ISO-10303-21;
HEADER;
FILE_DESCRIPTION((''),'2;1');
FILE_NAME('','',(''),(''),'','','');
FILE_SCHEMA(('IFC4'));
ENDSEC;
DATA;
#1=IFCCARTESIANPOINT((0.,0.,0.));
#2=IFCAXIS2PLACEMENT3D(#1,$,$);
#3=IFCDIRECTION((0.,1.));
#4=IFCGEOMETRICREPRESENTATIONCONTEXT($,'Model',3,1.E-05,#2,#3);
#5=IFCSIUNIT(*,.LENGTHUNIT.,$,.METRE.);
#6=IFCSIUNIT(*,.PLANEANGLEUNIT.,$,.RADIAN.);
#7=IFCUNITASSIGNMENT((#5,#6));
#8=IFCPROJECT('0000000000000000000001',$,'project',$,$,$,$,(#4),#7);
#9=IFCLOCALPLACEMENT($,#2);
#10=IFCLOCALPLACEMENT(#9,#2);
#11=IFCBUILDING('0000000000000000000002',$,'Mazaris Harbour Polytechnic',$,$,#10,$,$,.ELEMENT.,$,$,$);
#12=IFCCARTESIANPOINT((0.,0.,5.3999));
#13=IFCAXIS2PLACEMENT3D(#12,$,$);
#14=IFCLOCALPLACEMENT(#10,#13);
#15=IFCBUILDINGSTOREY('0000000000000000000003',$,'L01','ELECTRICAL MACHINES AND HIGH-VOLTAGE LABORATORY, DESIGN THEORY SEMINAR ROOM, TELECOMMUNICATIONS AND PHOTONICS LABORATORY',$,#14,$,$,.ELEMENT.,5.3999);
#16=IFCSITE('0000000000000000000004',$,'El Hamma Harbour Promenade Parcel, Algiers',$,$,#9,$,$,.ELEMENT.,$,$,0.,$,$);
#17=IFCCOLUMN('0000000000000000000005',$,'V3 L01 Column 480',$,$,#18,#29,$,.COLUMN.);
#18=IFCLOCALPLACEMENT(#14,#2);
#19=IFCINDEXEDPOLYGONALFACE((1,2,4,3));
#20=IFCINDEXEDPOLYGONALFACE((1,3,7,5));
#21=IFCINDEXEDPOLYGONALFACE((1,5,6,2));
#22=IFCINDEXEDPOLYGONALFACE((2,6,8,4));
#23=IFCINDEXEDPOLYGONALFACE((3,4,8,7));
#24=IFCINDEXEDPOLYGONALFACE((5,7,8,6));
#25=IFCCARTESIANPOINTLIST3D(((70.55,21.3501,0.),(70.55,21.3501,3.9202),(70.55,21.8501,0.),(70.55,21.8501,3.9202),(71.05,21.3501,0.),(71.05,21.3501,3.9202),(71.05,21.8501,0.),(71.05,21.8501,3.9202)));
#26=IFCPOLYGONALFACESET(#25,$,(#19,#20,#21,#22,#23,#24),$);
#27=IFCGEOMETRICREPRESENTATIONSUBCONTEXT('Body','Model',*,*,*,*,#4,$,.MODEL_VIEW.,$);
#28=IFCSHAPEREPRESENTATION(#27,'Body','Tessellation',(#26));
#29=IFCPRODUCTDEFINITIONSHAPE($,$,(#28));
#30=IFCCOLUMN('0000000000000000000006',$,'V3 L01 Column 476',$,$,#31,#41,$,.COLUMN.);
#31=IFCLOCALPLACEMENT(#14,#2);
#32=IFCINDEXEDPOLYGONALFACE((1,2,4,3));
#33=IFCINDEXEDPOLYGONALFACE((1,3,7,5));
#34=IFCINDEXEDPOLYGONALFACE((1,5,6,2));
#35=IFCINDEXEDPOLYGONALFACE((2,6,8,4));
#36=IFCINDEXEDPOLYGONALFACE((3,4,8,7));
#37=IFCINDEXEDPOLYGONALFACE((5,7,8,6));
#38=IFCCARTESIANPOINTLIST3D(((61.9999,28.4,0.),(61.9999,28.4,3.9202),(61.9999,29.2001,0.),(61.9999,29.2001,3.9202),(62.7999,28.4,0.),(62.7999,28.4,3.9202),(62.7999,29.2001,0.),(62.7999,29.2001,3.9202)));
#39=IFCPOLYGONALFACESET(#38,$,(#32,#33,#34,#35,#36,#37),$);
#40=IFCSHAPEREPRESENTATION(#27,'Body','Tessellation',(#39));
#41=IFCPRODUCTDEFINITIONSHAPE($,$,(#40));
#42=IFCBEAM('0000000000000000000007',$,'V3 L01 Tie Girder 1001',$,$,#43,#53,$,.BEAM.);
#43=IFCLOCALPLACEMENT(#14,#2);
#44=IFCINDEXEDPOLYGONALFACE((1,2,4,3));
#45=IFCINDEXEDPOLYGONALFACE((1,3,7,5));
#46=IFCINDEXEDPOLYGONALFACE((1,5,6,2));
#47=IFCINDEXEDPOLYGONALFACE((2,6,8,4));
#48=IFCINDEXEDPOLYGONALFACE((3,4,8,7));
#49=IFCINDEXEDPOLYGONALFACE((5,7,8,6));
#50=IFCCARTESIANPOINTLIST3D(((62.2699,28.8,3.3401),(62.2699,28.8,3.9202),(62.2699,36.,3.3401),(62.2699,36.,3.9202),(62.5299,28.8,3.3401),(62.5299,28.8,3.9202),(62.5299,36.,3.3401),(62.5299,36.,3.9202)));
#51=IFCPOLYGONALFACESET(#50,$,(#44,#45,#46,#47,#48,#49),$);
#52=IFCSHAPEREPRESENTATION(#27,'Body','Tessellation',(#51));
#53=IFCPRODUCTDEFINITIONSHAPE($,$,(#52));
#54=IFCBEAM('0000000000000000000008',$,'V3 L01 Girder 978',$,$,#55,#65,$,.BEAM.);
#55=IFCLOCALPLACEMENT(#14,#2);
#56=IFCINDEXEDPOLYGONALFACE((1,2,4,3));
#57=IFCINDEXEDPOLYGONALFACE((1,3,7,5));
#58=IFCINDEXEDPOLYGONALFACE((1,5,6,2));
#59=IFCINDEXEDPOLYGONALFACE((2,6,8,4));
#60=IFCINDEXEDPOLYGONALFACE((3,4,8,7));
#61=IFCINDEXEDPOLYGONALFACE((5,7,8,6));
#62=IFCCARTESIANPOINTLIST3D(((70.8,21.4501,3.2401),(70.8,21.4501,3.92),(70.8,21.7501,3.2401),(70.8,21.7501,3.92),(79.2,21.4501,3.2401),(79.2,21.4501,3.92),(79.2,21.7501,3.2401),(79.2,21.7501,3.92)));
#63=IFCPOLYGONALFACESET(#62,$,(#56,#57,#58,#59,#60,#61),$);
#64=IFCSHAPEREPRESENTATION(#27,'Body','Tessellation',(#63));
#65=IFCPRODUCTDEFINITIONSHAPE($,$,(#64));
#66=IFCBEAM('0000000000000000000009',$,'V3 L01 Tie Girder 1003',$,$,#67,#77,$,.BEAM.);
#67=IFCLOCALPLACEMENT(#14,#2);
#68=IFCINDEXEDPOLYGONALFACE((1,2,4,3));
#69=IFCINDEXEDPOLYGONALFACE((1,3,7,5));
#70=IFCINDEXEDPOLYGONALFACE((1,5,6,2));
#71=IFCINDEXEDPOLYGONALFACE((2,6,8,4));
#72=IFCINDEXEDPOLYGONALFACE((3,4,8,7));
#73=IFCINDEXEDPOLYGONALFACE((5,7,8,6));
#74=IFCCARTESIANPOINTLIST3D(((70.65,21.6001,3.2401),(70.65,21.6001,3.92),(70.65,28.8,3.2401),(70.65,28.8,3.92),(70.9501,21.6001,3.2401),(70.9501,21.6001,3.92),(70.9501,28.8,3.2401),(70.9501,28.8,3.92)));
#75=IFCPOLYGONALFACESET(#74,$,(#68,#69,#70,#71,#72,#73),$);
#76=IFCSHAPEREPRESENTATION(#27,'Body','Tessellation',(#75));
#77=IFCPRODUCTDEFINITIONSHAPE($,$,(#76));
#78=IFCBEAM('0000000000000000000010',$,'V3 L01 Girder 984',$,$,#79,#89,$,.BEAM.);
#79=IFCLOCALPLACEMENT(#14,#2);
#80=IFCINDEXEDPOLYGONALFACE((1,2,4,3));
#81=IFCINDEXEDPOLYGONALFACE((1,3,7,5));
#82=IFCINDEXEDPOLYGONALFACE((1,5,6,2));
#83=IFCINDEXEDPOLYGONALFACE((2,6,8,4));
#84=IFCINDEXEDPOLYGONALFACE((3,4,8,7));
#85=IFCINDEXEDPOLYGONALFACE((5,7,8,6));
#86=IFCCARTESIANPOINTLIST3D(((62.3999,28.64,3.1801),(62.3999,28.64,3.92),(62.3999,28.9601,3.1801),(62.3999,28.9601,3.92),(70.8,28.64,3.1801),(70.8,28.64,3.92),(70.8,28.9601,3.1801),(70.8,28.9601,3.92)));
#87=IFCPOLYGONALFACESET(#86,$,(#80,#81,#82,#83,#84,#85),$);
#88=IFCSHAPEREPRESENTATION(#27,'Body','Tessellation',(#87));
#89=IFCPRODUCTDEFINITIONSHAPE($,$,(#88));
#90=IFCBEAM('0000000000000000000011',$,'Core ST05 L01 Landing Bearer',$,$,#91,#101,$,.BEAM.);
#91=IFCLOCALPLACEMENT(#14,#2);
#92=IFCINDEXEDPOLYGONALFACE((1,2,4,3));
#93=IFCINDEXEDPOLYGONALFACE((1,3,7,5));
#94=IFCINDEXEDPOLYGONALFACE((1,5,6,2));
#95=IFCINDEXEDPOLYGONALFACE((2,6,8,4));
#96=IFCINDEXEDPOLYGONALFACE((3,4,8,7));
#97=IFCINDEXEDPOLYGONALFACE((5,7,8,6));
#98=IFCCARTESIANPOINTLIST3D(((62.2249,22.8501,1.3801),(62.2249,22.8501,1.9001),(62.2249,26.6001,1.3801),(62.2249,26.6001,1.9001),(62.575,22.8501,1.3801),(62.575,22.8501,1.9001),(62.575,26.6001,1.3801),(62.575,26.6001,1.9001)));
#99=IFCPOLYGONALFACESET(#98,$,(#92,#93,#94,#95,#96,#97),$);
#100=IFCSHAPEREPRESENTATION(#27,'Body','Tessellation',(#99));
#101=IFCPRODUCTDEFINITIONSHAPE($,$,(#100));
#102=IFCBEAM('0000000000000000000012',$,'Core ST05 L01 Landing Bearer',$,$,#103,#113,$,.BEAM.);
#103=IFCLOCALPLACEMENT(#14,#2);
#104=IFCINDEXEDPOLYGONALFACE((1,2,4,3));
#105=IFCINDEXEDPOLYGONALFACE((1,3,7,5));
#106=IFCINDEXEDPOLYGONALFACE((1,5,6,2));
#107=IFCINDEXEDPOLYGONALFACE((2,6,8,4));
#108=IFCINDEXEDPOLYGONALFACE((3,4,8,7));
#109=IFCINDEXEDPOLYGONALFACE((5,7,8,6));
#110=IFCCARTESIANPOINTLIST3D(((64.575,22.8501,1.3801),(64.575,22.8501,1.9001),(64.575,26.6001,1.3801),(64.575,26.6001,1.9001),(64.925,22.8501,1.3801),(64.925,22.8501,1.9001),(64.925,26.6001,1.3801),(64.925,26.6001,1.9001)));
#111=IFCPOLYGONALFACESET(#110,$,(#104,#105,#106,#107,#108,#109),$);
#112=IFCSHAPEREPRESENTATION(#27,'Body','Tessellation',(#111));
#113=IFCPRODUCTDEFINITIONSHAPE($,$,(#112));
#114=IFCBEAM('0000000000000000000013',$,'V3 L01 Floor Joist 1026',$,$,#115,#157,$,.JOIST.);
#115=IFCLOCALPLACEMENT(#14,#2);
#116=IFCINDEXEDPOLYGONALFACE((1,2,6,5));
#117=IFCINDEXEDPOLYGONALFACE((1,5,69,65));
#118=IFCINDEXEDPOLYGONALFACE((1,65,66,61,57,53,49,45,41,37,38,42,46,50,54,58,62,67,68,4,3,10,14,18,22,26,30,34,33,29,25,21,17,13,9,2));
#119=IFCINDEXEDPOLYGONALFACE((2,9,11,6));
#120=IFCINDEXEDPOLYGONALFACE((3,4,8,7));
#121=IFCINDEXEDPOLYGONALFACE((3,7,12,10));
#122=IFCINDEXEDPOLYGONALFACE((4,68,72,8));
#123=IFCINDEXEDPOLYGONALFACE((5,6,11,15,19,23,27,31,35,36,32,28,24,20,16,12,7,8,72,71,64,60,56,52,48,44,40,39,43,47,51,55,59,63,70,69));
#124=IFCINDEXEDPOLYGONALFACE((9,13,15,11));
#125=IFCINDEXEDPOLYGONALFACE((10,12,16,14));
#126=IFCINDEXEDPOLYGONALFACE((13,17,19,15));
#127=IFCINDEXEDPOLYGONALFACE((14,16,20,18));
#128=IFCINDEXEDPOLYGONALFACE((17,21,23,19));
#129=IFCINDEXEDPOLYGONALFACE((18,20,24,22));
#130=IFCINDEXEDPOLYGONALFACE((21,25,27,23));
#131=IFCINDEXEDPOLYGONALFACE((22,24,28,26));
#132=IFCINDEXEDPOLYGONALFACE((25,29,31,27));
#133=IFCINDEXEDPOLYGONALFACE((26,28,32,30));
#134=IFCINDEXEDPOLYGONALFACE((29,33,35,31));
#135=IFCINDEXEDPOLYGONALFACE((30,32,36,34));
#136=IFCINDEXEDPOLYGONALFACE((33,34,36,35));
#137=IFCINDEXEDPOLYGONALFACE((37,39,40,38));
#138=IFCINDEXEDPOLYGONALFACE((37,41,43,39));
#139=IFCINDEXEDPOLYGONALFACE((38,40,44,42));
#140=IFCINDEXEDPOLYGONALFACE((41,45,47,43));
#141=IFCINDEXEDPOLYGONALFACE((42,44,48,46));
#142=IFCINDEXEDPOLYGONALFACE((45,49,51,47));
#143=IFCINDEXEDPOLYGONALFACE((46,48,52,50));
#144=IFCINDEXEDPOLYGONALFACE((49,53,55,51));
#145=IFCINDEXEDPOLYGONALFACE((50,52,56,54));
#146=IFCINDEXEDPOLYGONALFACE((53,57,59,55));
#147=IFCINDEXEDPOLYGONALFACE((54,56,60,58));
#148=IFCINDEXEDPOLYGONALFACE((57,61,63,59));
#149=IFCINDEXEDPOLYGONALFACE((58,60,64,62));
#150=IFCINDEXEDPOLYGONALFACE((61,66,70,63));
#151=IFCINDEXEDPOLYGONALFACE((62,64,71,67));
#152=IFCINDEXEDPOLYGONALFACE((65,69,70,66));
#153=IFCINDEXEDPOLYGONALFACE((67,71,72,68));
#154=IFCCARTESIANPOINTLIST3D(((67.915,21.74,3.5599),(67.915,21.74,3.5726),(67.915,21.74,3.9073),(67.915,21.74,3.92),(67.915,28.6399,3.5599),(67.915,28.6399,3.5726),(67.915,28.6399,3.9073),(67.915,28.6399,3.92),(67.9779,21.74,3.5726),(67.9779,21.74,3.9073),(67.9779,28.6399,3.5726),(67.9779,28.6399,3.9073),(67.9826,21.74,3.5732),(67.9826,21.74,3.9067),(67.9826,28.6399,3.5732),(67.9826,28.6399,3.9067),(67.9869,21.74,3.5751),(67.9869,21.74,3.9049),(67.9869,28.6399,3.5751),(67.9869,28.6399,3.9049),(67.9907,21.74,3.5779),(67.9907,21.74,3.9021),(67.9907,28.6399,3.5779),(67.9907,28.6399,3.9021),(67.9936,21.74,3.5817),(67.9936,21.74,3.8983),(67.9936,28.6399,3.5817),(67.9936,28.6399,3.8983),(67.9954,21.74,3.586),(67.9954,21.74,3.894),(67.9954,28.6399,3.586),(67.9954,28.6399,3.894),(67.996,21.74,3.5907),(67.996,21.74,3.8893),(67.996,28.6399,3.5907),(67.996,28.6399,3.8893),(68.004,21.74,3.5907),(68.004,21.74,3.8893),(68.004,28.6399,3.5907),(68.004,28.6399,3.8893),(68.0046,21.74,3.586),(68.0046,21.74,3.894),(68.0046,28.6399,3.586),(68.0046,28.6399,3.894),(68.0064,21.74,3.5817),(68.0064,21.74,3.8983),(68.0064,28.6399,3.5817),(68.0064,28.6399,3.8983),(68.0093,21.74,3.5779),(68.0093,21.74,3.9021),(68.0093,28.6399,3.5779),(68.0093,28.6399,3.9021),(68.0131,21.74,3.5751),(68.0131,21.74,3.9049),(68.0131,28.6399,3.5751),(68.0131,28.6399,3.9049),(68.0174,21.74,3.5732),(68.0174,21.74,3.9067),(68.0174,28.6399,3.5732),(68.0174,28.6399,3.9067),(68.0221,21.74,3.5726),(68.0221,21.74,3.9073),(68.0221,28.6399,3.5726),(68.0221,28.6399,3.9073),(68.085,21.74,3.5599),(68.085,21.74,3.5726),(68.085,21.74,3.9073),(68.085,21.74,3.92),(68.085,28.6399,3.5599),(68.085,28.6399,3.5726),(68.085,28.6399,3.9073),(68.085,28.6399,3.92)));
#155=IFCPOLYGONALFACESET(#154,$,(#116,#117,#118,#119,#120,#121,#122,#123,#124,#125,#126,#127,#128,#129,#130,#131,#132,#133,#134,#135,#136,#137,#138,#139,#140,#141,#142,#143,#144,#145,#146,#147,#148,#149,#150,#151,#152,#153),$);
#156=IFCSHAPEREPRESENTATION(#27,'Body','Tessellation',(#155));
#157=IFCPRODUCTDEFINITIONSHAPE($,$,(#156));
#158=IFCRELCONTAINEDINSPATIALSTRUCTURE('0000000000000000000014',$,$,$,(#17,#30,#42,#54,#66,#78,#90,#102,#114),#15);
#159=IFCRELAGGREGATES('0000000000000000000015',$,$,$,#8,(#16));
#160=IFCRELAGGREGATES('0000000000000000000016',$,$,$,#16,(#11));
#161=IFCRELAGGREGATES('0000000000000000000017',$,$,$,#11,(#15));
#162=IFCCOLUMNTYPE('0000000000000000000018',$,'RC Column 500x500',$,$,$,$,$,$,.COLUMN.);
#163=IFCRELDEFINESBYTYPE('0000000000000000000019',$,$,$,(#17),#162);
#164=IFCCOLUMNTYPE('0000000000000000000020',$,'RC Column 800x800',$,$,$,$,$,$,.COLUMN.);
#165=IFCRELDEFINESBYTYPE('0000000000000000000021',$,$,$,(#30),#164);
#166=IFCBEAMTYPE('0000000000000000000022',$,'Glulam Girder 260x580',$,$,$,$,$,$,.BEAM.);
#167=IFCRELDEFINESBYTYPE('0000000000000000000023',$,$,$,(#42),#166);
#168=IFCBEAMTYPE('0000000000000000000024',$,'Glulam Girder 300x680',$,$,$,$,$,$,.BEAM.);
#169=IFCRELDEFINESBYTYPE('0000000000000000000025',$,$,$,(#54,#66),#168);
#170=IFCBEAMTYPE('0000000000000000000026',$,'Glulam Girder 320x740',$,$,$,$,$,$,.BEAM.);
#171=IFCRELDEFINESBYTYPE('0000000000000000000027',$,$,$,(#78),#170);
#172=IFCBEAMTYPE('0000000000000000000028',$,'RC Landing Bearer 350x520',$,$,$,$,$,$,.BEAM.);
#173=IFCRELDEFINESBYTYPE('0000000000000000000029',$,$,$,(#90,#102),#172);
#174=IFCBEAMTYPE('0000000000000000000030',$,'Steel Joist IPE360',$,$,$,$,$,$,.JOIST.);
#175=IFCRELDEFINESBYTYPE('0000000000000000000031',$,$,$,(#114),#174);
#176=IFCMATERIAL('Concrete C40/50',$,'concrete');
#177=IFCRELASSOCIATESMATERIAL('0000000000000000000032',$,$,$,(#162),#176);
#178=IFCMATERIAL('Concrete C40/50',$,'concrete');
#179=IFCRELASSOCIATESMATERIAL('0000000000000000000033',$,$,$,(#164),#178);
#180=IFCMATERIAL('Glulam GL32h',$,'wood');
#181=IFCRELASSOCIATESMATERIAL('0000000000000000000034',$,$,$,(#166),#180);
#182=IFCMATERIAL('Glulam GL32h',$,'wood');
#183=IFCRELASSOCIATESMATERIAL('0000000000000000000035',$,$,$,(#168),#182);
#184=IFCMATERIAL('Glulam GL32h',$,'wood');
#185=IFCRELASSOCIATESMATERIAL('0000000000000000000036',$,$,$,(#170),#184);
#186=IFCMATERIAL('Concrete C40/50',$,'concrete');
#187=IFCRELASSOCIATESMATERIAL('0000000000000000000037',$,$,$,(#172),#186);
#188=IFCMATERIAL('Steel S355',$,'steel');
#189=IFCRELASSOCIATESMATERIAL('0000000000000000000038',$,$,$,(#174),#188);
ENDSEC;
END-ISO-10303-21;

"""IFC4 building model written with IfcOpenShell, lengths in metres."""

from ifc_helpers import new_model, si_unit, direction, frame, origin, origin_2d, place, context, subcontext, project, spatial, rectangle, i_section, extrude, material, material_profile, profile_set, type_object, element, save


model = new_model("IFC4")

# Units and contexts
model_context = context("Model", 3, precision=1e-05, world=origin(), true_north=direction((0.0, 1.0)))
body_context = subcontext(model_context, "Body", "Model", "MODEL_VIEW")
ifc_project = project(units=[si_unit("LENGTHUNIT", "METRE"), si_unit("PLANEANGLEUNIT", "RADIAN")], contexts=[model_context])

# Site, building, storey
site_placement = place(None, origin())
site = spatial("IfcSite", under=ifc_project, at=site_placement, Name="El Hamma Harbour Promenade Parcel, Algiers", CompositionType="ELEMENT", RefElevation=0.0)
building_placement = place(site_placement, origin())
building = spatial("IfcBuilding", under=site, at=building_placement, Name="Mazaris Harbour Polytechnic", CompositionType="ELEMENT")
storey_placement = place(building_placement, frame((0.0, 0.0, 5.3999)))
storey = spatial("IfcBuildingStorey", under=building, at=storey_placement, Name="L01", Description="ELECTRICAL MACHINES AND HIGH-VOLTAGE LABORATORY, DESIGN THEORY SEMINAR ROOM, TELECOMMUNICATIONS AND PHOTONICS LABORATORY", CompositionType="ELEMENT", Elevation=5.3999)

# Columns
ifc_material_1 = material(Name="Concrete C40/50", Category="concrete")
ifc_material_profile_1 = material_profile(ifc_material_1, rectangle(XDim=0.5, YDim=0.5, at=origin_2d()), Name="RECT500x500")
ifc_profile_set_1 = profile_set([ifc_material_profile_1], Name="Concrete C40/50")
column_type_1 = type_object("IfcColumnType", Name="RC Column 500x500", PredefinedType="COLUMN", material=ifc_profile_set_1)
column_1_placement = place(storey_placement, frame((70.8, 21.6001, 0.0), z_axis=(0.0, 0.0, 1.0), x_axis=(1.0, 0.0, 0.0)))
element("IfcColumn", 1, at=column_1_placement, inside=storey, type_object=column_type_1, Name="V3 L01 Column 480", PredefinedType="COLUMN", context=body_context, shape_type="SweptSolid", body=[
    extrude(rectangle(XDim=0.5, YDim=0.5, at=origin_2d()), origin(), (0.0, 0.0, 1.0), 3.9202),
])
ifc_material_2 = material(Name="Concrete C40/50", Category="concrete")
ifc_material_profile_2 = material_profile(ifc_material_2, rectangle(XDim=0.8, YDim=0.8, at=origin_2d()), Name="RECT800x800")
ifc_profile_set_2 = profile_set([ifc_material_profile_2], Name="Concrete C40/50")
column_type_2 = type_object("IfcColumnType", Name="RC Column 800x800", PredefinedType="COLUMN", material=ifc_profile_set_2)
column_2_placement = place(storey_placement, frame((62.3999, 28.8, 0.0), z_axis=(0.0, 0.0, 1.0), x_axis=(1.0, 0.0, 0.0)))
element("IfcColumn", 2, at=column_2_placement, inside=storey, type_object=column_type_2, Name="V3 L01 Column 476", PredefinedType="COLUMN", context=body_context, shape_type="SweptSolid", body=[
    extrude(rectangle(XDim=0.8, YDim=0.8, at=origin_2d()), origin(), (0.0, 0.0, 1.0), 3.9202),
])

# Beams
ifc_material_3 = material(Name="Glulam GL32h", Category="wood")
ifc_material_profile_3 = material_profile(ifc_material_3, rectangle(XDim=0.26, YDim=0.5801, at=origin_2d()), Name="RECT260x580")
ifc_profile_set_3 = profile_set([ifc_material_profile_3], Name="Glulam GL32h")
beam_type_1 = type_object("IfcBeamType", Name="Glulam Girder 260x580", PredefinedType="BEAM", material=ifc_profile_set_3)
beam_1_placement = place(storey_placement, frame((62.3999, 28.8, 3.6301), z_axis=(0.0, 1.0, 0.0), x_axis=(-1.0, 0.0, 0.0)))
element("IfcBeam", 3, at=beam_1_placement, inside=storey, type_object=beam_type_1, Name="V3 L01 Tie Girder 1001", PredefinedType="BEAM", context=body_context, shape_type="SweptSolid", body=[
    extrude(rectangle(XDim=0.26, YDim=0.5801, at=origin_2d()), origin(), (0.0, 0.0, 1.0), 7.2),
])
ifc_material_4 = material(Name="Glulam GL32h", Category="wood")
ifc_material_profile_4 = material_profile(ifc_material_4, rectangle(XDim=0.3, YDim=0.6799, at=origin_2d()), Name="RECT300x680")
ifc_profile_set_4 = profile_set([ifc_material_profile_4], Name="Glulam GL32h")
beam_type_2 = type_object("IfcBeamType", Name="Glulam Girder 300x680", PredefinedType="BEAM", material=ifc_profile_set_4)
beam_2_placement = place(storey_placement, frame((70.8, 21.6001, 3.5801), z_axis=(1.0, 0.0, 0.0), x_axis=(0.0, 1.0, 0.0)))
element("IfcBeam", 4, at=beam_2_placement, inside=storey, type_object=beam_type_2, Name="V3 L01 Girder 978", PredefinedType="BEAM", context=body_context, shape_type="SweptSolid", body=[
    extrude(rectangle(XDim=0.3, YDim=0.6799, at=origin_2d()), origin(), (0.0, 0.0, 1.0), 8.3999),
])
beam_3_placement = place(storey_placement, frame((70.8, 21.6001, 3.5801), z_axis=(0.0, 1.0, 0.0), x_axis=(-1.0, 0.0, 0.0)))
element("IfcBeam", 5, at=beam_3_placement, inside=storey, type_object=beam_type_2, Name="V3 L01 Tie Girder 1003", PredefinedType="BEAM", context=body_context, shape_type="SweptSolid", body=[
    extrude(rectangle(XDim=0.3, YDim=0.6799, at=origin_2d()), origin(), (0.0, 0.0, 1.0), 7.2),
])
ifc_material_5 = material(Name="Glulam GL32h", Category="wood")
ifc_material_profile_5 = material_profile(ifc_material_5, rectangle(XDim=0.3201, YDim=0.74, at=origin_2d()), Name="RECT320x740")
ifc_profile_set_5 = profile_set([ifc_material_profile_5], Name="Glulam GL32h")
beam_type_3 = type_object("IfcBeamType", Name="Glulam Girder 320x740", PredefinedType="BEAM", material=ifc_profile_set_5)
beam_4_placement = place(storey_placement, frame((62.3999, 28.8, 3.55), z_axis=(1.0, 0.0, 0.0), x_axis=(0.0, 1.0, 0.0)))
element("IfcBeam", 6, at=beam_4_placement, inside=storey, type_object=beam_type_3, Name="V3 L01 Girder 984", PredefinedType="BEAM", context=body_context, shape_type="SweptSolid", body=[
    extrude(rectangle(XDim=0.3201, YDim=0.74, at=origin_2d()), origin(), (0.0, 0.0, 1.0), 8.4001),
])
ifc_material_6 = material(Name="Concrete C40/50", Category="concrete")
ifc_material_profile_6 = material_profile(ifc_material_6, rectangle(XDim=0.3501, YDim=0.52, at=origin_2d()), Name="RECT350x520")
ifc_profile_set_6 = profile_set([ifc_material_profile_6], Name="Concrete C40/50")
beam_type_4 = type_object("IfcBeamType", Name="RC Landing Bearer 350x520", PredefinedType="BEAM", material=ifc_profile_set_6)
for number, where, z_axis, x_axis, name in (
    (7, (62.3999, 22.8501, 1.6401), (0.0, 1.0, 0.0), (-1.0, 0.0, 0.0), "Core ST05 L01 Landing Bearer"),
    (8, (64.75, 22.8501, 1.6401), (0.0, 1.0, 0.0), (-1.0, 0.0, 0.0), "Core ST05 L01 Landing Bearer"),
):
    element("IfcBeam", number, at=place(storey_placement, frame(where, z_axis=z_axis, x_axis=x_axis)), inside=storey, type_object=beam_type_4, Name=name, PredefinedType="BEAM", context=body_context, shape_type="SweptSolid", body=[
        extrude(rectangle(XDim=0.3501, YDim=0.52, at=origin_2d()), origin(), (0.0, 0.0, 1.0), 3.75),
    ])
ifc_material_7 = material(Name="Steel S355", Category="steel")
ifc_material_profile_7 = material_profile(ifc_material_7, i_section(OverallWidth=0.1699, OverallDepth=0.3601, WebThickness=0.0081, FlangeThickness=0.0127, FilletRadius=0.0181, at=origin_2d()), Name="IPE 360")
ifc_profile_set_7 = profile_set([ifc_material_profile_7], Name="Steel S355")
beam_type_5 = type_object("IfcBeamType", Name="Steel Joist IPE360", PredefinedType="JOIST", material=ifc_profile_set_7)
beam_5_placement = place(storey_placement, frame((68.0, 21.74, 3.74), z_axis=(0.0, 1.0, 0.0), x_axis=(-1.0, 0.0, 0.0)))
element("IfcBeam", 9, at=beam_5_placement, inside=storey, type_object=beam_type_5, Name="V3 L01 Floor Joist 1026", PredefinedType="JOIST", context=body_context, shape_type="SweptSolid", body=[
    extrude(i_section(OverallWidth=0.1699, OverallDepth=0.3601, WebThickness=0.0081, FlangeThickness=0.0127, FilletRadius=0.0181, at=origin_2d()), origin(), (0.0, 0.0, 1.0), 6.8999),
])

save(model, "model.ifc")
